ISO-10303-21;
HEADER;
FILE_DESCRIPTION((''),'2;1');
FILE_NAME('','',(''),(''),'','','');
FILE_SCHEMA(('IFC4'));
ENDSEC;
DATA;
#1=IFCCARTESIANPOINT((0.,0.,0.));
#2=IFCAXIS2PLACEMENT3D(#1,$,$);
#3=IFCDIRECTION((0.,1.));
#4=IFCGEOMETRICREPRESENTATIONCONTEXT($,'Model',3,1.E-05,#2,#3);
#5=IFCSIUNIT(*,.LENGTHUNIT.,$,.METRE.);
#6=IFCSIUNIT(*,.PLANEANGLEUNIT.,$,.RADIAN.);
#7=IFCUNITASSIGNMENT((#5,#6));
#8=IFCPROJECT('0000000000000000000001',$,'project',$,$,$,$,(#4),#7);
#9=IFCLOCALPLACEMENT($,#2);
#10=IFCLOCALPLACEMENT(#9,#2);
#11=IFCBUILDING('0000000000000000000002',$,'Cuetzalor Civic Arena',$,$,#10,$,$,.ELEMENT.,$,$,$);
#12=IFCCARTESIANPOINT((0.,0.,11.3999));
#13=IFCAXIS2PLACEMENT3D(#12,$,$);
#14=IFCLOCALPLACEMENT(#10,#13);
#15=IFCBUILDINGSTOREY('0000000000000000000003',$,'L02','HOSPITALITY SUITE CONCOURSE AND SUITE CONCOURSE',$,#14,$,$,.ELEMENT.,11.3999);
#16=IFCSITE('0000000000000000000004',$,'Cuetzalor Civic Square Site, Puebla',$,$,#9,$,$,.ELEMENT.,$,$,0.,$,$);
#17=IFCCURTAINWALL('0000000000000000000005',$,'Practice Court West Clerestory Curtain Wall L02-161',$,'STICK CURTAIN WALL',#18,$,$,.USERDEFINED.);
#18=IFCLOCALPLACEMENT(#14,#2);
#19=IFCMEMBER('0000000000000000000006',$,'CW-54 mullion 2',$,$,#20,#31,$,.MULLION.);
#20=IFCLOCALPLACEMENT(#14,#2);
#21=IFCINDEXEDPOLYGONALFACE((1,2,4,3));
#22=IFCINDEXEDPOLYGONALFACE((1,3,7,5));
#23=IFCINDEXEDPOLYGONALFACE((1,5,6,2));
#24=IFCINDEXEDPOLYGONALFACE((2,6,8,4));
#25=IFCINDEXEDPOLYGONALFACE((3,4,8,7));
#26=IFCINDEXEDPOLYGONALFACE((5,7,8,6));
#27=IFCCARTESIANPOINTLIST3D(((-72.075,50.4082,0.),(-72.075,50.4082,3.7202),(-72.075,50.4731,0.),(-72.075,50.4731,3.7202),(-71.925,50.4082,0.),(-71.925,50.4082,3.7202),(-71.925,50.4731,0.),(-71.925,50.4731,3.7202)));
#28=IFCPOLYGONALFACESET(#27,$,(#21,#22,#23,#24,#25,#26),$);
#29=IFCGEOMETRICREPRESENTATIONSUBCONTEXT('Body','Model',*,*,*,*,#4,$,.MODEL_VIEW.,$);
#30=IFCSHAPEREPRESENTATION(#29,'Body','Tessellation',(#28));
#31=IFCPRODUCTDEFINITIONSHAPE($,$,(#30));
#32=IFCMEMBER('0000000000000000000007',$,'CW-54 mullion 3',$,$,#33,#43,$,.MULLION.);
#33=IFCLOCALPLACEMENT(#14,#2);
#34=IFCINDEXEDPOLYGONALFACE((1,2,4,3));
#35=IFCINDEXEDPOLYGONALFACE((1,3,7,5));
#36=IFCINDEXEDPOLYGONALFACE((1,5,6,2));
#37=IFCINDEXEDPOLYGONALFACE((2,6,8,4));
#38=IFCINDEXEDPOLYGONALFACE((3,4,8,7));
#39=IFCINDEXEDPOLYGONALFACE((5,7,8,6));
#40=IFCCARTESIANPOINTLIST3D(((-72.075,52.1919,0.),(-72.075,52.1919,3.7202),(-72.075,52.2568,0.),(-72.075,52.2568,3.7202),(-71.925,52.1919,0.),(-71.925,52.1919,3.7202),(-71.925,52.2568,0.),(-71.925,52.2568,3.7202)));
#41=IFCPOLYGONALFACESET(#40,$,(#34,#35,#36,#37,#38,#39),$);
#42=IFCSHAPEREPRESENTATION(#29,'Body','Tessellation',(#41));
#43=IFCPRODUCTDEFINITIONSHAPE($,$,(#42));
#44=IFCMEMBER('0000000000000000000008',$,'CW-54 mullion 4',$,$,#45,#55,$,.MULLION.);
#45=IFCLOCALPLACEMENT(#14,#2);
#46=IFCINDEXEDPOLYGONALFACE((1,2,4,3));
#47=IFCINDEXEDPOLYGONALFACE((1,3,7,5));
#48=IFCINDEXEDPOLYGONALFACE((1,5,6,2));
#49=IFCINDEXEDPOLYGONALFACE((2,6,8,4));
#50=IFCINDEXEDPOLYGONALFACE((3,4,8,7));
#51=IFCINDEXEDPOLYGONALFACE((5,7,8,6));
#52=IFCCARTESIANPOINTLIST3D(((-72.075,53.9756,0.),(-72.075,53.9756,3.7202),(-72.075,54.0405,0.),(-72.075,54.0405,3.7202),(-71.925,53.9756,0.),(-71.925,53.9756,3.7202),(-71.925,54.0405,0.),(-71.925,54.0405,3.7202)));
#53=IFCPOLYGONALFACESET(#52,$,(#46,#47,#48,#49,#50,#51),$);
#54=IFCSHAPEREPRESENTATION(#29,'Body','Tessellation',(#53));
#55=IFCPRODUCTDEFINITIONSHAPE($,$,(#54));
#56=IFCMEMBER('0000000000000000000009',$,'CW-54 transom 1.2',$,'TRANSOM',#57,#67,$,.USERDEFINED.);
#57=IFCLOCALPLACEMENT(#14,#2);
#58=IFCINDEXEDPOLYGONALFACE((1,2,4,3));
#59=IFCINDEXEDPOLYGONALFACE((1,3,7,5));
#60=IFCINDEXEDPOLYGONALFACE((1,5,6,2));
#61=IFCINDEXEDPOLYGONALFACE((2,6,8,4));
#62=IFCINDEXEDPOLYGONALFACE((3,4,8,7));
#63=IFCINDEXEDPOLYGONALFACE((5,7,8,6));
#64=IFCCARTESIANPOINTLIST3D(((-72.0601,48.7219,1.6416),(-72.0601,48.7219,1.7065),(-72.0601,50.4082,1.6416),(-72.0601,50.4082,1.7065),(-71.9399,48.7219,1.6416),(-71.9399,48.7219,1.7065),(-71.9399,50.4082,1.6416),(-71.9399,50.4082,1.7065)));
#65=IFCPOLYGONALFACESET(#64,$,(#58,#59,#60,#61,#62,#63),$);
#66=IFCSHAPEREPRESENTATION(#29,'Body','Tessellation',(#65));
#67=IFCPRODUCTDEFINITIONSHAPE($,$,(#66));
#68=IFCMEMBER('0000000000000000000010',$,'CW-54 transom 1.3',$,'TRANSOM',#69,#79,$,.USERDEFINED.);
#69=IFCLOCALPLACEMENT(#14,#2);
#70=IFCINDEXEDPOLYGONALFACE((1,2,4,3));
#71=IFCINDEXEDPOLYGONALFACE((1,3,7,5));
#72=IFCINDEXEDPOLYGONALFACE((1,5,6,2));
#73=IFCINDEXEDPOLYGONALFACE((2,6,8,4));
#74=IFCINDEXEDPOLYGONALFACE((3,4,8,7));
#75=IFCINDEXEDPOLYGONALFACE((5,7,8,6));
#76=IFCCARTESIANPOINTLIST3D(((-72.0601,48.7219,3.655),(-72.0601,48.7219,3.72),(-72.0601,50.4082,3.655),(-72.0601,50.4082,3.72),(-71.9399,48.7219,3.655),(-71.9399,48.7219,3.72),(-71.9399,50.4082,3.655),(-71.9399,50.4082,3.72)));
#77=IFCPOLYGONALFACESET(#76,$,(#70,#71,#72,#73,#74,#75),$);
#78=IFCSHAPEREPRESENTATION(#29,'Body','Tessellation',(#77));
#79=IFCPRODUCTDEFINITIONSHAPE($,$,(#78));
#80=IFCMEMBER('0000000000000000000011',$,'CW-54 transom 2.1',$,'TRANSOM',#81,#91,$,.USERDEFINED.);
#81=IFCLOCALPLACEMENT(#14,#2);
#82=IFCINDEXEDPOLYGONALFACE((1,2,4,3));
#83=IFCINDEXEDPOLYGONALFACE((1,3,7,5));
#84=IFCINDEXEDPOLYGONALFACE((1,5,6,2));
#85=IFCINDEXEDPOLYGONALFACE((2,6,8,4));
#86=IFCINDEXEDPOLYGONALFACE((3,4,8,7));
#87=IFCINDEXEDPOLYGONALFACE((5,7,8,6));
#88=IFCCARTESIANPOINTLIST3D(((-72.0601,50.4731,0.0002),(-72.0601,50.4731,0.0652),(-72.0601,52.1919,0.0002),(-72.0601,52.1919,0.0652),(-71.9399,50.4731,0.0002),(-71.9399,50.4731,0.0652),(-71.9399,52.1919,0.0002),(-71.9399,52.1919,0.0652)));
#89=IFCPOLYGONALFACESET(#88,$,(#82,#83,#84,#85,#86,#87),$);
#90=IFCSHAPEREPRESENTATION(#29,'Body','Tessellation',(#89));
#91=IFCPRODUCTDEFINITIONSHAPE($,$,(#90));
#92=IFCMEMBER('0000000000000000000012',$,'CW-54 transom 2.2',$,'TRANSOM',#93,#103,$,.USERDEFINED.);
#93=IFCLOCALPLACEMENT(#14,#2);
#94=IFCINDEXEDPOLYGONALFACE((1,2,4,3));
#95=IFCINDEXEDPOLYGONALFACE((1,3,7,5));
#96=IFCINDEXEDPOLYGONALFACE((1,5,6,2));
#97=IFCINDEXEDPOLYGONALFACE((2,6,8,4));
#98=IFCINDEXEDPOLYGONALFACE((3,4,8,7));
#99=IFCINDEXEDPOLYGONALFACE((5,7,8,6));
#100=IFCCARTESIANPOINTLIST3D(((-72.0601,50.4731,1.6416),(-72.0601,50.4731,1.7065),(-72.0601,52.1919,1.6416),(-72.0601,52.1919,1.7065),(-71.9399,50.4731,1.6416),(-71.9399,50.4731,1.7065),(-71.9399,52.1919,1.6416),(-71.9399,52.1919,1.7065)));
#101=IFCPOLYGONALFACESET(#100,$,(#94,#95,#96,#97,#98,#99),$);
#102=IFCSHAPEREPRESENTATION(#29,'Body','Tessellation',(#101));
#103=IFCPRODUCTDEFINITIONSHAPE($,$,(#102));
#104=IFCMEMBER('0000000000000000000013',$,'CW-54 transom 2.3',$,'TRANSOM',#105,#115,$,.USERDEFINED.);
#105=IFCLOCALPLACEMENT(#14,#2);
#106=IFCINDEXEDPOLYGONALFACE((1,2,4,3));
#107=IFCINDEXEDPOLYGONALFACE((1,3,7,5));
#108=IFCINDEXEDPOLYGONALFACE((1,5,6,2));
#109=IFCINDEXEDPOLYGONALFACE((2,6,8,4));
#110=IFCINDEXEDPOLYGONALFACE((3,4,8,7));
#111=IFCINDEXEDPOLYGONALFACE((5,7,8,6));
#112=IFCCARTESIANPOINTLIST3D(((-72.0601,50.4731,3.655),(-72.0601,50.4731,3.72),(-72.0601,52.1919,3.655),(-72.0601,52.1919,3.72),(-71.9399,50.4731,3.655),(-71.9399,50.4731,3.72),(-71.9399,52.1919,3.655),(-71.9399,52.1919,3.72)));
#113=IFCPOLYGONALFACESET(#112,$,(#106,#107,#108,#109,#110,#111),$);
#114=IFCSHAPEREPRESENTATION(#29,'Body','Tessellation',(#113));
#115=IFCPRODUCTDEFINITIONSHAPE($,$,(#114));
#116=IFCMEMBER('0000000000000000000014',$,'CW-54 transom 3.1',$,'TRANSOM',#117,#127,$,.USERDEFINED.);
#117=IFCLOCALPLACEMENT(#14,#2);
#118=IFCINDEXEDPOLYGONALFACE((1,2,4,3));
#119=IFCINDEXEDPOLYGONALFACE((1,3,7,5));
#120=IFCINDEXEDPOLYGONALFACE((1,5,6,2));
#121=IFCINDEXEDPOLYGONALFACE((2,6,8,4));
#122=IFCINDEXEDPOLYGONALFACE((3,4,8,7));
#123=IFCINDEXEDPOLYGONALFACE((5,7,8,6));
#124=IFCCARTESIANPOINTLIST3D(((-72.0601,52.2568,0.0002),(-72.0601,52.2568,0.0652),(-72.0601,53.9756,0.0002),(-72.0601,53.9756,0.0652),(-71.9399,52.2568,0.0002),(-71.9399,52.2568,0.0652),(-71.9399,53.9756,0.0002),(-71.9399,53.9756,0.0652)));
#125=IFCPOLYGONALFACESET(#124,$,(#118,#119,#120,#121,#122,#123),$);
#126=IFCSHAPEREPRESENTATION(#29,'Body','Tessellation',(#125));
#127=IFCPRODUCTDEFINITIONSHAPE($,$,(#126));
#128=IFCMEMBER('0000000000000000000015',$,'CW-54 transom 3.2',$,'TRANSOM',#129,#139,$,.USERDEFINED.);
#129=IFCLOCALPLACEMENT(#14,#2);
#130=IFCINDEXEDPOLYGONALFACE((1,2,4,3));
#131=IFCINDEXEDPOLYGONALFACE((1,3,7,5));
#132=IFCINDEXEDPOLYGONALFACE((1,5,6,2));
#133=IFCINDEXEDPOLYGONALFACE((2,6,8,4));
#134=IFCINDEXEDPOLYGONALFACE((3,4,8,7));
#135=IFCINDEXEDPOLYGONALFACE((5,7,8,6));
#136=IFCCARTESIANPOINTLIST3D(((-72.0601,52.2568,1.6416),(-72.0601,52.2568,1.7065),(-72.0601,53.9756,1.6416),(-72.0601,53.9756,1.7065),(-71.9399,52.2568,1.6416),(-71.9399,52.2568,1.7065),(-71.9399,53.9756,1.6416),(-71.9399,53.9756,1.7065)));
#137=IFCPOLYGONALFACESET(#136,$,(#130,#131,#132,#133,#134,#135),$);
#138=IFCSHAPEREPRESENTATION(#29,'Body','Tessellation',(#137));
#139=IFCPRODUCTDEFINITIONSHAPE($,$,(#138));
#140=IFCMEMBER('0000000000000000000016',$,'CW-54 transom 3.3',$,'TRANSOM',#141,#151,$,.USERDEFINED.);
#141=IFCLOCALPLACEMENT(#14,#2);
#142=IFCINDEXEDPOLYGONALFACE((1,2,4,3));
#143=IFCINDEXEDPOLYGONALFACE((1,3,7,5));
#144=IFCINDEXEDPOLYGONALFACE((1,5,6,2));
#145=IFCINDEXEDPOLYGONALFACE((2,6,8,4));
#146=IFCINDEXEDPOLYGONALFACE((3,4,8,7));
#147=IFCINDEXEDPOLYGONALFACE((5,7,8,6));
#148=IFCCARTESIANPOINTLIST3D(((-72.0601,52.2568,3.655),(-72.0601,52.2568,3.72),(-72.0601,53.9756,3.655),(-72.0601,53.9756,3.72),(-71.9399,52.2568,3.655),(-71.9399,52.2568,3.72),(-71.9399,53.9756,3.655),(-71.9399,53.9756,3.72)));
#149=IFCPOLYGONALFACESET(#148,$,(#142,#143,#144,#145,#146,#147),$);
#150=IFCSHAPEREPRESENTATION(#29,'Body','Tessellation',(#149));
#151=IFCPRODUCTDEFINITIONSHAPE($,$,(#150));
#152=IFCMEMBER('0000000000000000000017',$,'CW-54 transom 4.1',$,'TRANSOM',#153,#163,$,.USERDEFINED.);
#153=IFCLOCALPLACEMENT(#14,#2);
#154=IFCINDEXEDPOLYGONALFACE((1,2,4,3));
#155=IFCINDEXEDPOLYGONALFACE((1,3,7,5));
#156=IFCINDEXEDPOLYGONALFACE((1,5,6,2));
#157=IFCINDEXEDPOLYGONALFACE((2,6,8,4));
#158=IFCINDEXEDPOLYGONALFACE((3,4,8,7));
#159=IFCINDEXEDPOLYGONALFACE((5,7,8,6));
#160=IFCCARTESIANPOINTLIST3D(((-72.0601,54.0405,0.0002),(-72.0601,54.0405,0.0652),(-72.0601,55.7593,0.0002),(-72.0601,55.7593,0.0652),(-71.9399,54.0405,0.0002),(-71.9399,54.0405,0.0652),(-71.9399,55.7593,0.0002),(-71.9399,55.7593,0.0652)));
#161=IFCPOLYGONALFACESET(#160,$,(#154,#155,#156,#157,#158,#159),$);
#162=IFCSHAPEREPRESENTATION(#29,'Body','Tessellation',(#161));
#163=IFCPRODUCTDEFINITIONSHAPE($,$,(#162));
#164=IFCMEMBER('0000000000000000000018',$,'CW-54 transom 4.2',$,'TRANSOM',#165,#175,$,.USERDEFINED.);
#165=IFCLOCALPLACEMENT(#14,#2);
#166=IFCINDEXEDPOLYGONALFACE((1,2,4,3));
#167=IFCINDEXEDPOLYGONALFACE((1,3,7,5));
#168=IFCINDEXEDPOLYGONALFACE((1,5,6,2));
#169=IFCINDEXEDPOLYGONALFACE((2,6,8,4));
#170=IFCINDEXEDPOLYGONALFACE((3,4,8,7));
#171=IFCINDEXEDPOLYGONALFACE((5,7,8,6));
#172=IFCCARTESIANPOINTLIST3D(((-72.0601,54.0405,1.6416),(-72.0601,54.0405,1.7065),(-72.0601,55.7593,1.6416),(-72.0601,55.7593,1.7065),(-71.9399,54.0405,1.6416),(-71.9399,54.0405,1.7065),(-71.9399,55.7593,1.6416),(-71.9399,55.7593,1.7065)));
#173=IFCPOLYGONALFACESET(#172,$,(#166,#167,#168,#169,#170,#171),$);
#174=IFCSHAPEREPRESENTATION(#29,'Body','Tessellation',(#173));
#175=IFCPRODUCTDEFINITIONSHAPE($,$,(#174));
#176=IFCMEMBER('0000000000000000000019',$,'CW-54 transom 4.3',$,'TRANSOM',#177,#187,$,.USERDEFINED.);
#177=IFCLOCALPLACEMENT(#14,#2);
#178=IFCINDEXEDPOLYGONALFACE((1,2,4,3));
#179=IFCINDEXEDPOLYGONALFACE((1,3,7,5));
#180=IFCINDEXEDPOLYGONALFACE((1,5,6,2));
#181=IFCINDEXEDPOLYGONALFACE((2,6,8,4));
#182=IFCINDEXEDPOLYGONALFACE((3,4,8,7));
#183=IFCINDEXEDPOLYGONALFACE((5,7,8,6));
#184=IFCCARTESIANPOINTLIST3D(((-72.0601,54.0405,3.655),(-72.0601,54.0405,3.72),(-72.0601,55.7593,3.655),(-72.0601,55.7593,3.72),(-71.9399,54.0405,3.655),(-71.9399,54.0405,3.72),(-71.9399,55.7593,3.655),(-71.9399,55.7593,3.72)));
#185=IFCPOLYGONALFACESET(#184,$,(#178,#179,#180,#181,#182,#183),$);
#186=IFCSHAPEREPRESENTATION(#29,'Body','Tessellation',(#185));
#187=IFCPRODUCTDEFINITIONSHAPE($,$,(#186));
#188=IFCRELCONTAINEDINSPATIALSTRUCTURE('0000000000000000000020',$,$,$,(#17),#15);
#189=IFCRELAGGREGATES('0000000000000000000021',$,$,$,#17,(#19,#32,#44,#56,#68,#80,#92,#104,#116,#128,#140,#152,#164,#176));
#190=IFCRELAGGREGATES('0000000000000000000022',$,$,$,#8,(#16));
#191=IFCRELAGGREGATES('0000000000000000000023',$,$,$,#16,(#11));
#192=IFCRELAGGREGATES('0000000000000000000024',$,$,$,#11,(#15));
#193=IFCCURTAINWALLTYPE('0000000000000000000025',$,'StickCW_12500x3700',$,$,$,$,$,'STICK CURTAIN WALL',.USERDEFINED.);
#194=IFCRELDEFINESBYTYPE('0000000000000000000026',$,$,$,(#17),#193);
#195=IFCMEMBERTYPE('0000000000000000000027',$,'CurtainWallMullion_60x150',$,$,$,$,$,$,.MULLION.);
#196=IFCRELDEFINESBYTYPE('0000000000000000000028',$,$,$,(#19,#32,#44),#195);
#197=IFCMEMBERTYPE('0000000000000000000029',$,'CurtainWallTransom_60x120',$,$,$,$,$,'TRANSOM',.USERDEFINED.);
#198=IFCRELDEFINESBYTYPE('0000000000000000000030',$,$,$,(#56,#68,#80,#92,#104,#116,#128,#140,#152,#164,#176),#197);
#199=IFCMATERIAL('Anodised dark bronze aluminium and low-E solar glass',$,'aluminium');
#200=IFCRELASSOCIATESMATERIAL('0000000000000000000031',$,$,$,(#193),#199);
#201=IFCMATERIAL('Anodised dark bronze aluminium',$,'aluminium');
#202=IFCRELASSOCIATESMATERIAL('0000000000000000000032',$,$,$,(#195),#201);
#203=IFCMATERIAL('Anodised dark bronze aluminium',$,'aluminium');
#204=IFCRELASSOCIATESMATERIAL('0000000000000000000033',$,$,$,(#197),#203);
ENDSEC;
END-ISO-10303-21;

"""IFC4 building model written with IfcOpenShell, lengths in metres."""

from ifc_helpers import new_model, si_unit, direction, frame, origin, origin_2d, place, context, subcontext, project, spatial, rectangle, extrude, material, material_profile, profile_set, type_object, element, aggregate, save


model = new_model("IFC4")

# Units and contexts
model_context = context("Model", 3, precision=1e-05, world=origin(), true_north=direction((0.0, 1.0)))
body_context = subcontext(model_context, "Body", "Model", "MODEL_VIEW")
ifc_project = project(units=[si_unit("LENGTHUNIT", "METRE"), si_unit("PLANEANGLEUNIT", "RADIAN")], contexts=[model_context])

# Site, building, storey
site_placement = place(None, origin())
site = spatial("IfcSite", under=ifc_project, at=site_placement, Name="Cuetzalor Civic Square Site, Puebla", CompositionType="ELEMENT", RefElevation=0.0)
building_placement = place(site_placement, origin())
building = spatial("IfcBuilding", under=site, at=building_placement, Name="Cuetzalor Civic Arena", CompositionType="ELEMENT")
storey_placement = place(building_placement, frame((0.0, 0.0, 11.3999)))
storey = spatial("IfcBuildingStorey", under=building, at=storey_placement, Name="L02", Description="HOSPITALITY SUITE CONCOURSE AND SUITE CONCOURSE", CompositionType="ELEMENT", Elevation=11.3999)

# Curtain wall, members
ifc_material_1 = material(Name="Anodised dark bronze aluminium and low-E solar glass", Category="aluminium")
curtain_wall_type = type_object("IfcCurtainWallType", Name="StickCW_12500x3700", ElementType="STICK CURTAIN WALL", PredefinedType="USERDEFINED", material=ifc_material_1)
curtain_wall_placement = place(storey_placement, origin())
curtain_wall = element("IfcCurtainWall", 1, at=curtain_wall_placement, inside=storey, type_object=curtain_wall_type, Name="Practice Court West Clerestory Curtain Wall L02-161", ObjectType="STICK CURTAIN WALL", PredefinedType="USERDEFINED")
ifc_material_2 = material(Name="Anodised dark bronze aluminium", Category="aluminium")
ifc_material_profile_1 = material_profile(ifc_material_2, rectangle(XDim=0.0649, YDim=0.1499, at=origin_2d()), Name="ALU MULLION 65x150")
ifc_profile_set_1 = profile_set([ifc_material_profile_1], Name="Anodised dark bronze aluminium")
member_type_1 = type_object("IfcMemberType", Name="CurtainWallMullion_60x150", PredefinedType="MULLION", material=ifc_profile_set_1)
member_1_placement = place(storey_placement, frame((-72.0, 50.4407, 0.0), z_axis=(0.0, 0.0, 1.0), x_axis=(0.0, 1.0, 0.0)))
member_1 = element("IfcMember", 2, at=member_1_placement, type_object=member_type_1, Name="CW-54 mullion 2", PredefinedType="MULLION", context=body_context, shape_type="SweptSolid", body=[
    extrude(rectangle(XDim=0.0649, YDim=0.1499, at=origin_2d()), origin(), (0.0, 0.0, 1.0), 3.7202),
])
member_2_placement = place(storey_placement, frame((-72.0, 52.2244, 0.0), z_axis=(0.0, 0.0, 1.0), x_axis=(0.0, 1.0, 0.0)))
member_2 = element("IfcMember", 3, at=member_2_placement, type_object=member_type_1, Name="CW-54 mullion 3", PredefinedType="MULLION", context=body_context, shape_type="SweptSolid", body=[
    extrude(rectangle(XDim=0.0649, YDim=0.1499, at=origin_2d()), origin(), (0.0, 0.0, 1.0), 3.7202),
])
member_3_placement = place(storey_placement, frame((-72.0, 54.0081, 0.0), z_axis=(0.0, 0.0, 1.0), x_axis=(0.0, 1.0, 0.0)))
member_3 = element("IfcMember", 4, at=member_3_placement, type_object=member_type_1, Name="CW-54 mullion 4", PredefinedType="MULLION", context=body_context, shape_type="SweptSolid", body=[
    extrude(rectangle(XDim=0.0649, YDim=0.1499, at=origin_2d()), origin(), (0.0, 0.0, 1.0), 3.7202),
])
ifc_material_3 = material(Name="Anodised dark bronze aluminium", Category="aluminium")
ifc_material_profile_2 = material_profile(ifc_material_3, rectangle(XDim=0.1201, YDim=0.0649, at=origin_2d()), Name="ALU TRANSOM 65x120")
ifc_profile_set_2 = profile_set([ifc_material_profile_2], Name="Anodised dark bronze aluminium")
member_type_2 = type_object("IfcMemberType", Name="CurtainWallTransom_60x120", ElementType="TRANSOM", PredefinedType="USERDEFINED", material=ifc_profile_set_2)
member_4_placement = place(storey_placement, frame((-72.0, 48.7219, 1.6741), z_axis=(0.0, 1.0, 0.0), x_axis=(-1.0, 0.0, 0.0)))
member_4 = element("IfcMember", 5, at=member_4_placement, type_object=member_type_2, Name="CW-54 transom 1.2", ObjectType="TRANSOM", PredefinedType="USERDEFINED", context=body_context, shape_type="SweptSolid", body=[
    extrude(rectangle(XDim=0.1201, YDim=0.0649, at=origin_2d()), origin(), (0.0, 0.0, 1.0), 1.6863),
])
member_5_placement = place(storey_placement, frame((-72.0, 48.7219, 3.6875), z_axis=(0.0, 1.0, 0.0), x_axis=(-1.0, 0.0, 0.0)))
member_5 = element("IfcMember", 6, at=member_5_placement, type_object=member_type_2, Name="CW-54 transom 1.3", ObjectType="TRANSOM", PredefinedType="USERDEFINED", context=body_context, shape_type="SweptSolid", body=[
    extrude(rectangle(XDim=0.1201, YDim=0.0649, at=origin_2d()), origin(), (0.0, 0.0, 1.0), 1.6863),
])
member_6_placement = place(storey_placement, frame((-72.0, 50.4731, 0.0327), z_axis=(0.0, 1.0, 0.0), x_axis=(-1.0, 0.0, 0.0)))
member_6 = element("IfcMember", 7, at=member_6_placement, type_object=member_type_2, Name="CW-54 transom 2.1", ObjectType="TRANSOM", PredefinedType="USERDEFINED", context=body_context, shape_type="SweptSolid", body=[
    extrude(rectangle(XDim=0.1201, YDim=0.0649, at=origin_2d()), origin(), (0.0, 0.0, 1.0), 1.7188),
])
member_7_placement = place(storey_placement, frame((-72.0, 50.4731, 1.6741), z_axis=(0.0, 1.0, 0.0), x_axis=(-1.0, 0.0, 0.0)))
member_7 = element("IfcMember", 8, at=member_7_placement, type_object=member_type_2, Name="CW-54 transom 2.2", ObjectType="TRANSOM", PredefinedType="USERDEFINED", context=body_context, shape_type="SweptSolid", body=[
    extrude(rectangle(XDim=0.1201, YDim=0.0649, at=origin_2d()), origin(), (0.0, 0.0, 1.0), 1.7188),
])
member_8_placement = place(storey_placement, frame((-72.0, 50.4731, 3.6875), z_axis=(0.0, 1.0, 0.0), x_axis=(-1.0, 0.0, 0.0)))
member_8 = element("IfcMember", 9, at=member_8_placement, type_object=member_type_2, Name="CW-54 transom 2.3", ObjectType="TRANSOM", PredefinedType="USERDEFINED", context=body_context, shape_type="SweptSolid", body=[
    extrude(rectangle(XDim=0.1201, YDim=0.0649, at=origin_2d()), origin(), (0.0, 0.0, 1.0), 1.7188),
])
member_9_placement = place(storey_placement, frame((-72.0, 52.2568, 0.0327), z_axis=(0.0, 1.0, 0.0), x_axis=(-1.0, 0.0, 0.0)))
member_9 = element("IfcMember", 10, at=member_9_placement, type_object=member_type_2, Name="CW-54 transom 3.1", ObjectType="TRANSOM", PredefinedType="USERDEFINED", context=body_context, shape_type="SweptSolid", body=[
    extrude(rectangle(XDim=0.1201, YDim=0.0649, at=origin_2d()), origin(), (0.0, 0.0, 1.0), 1.7188),
])
member_10_placement = place(storey_placement, frame((-72.0, 52.2568, 1.6741), z_axis=(0.0, 1.0, 0.0), x_axis=(-1.0, 0.0, 0.0)))
member_10 = element("IfcMember", 11, at=member_10_placement, type_object=member_type_2, Name="CW-54 transom 3.2", ObjectType="TRANSOM", PredefinedType="USERDEFINED", context=body_context, shape_type="SweptSolid", body=[
    extrude(rectangle(XDim=0.1201, YDim=0.0649, at=origin_2d()), origin(), (0.0, 0.0, 1.0), 1.7188),
])
member_11_placement = place(storey_placement, frame((-72.0, 52.2568, 3.6875), z_axis=(0.0, 1.0, 0.0), x_axis=(-1.0, 0.0, 0.0)))
member_11 = element("IfcMember", 12, at=member_11_placement, type_object=member_type_2, Name="CW-54 transom 3.3", ObjectType="TRANSOM", PredefinedType="USERDEFINED", context=body_context, shape_type="SweptSolid", body=[
    extrude(rectangle(XDim=0.1201, YDim=0.0649, at=origin_2d()), origin(), (0.0, 0.0, 1.0), 1.7188),
])
member_12_placement = place(storey_placement, frame((-72.0, 54.0405, 0.0327), z_axis=(0.0, 1.0, 0.0), x_axis=(-1.0, 0.0, 0.0)))
member_12 = element("IfcMember", 13, at=member_12_placement, type_object=member_type_2, Name="CW-54 transom 4.1", ObjectType="TRANSOM", PredefinedType="USERDEFINED", context=body_context, shape_type="SweptSolid", body=[
    extrude(rectangle(XDim=0.1201, YDim=0.0649, at=origin_2d()), origin(), (0.0, 0.0, 1.0), 1.7188),
])
member_13_placement = place(storey_placement, frame((-72.0, 54.0405, 1.6741), z_axis=(0.0, 1.0, 0.0), x_axis=(-1.0, 0.0, 0.0)))
member_13 = element("IfcMember", 14, at=member_13_placement, type_object=member_type_2, Name="CW-54 transom 4.2", ObjectType="TRANSOM", PredefinedType="USERDEFINED", context=body_context, shape_type="SweptSolid", body=[
    extrude(rectangle(XDim=0.1201, YDim=0.0649, at=origin_2d()), origin(), (0.0, 0.0, 1.0), 1.7188),
])
member_14_placement = place(storey_placement, frame((-72.0, 54.0405, 3.6875), z_axis=(0.0, 1.0, 0.0), x_axis=(-1.0, 0.0, 0.0)))
member_14 = element("IfcMember", 15, at=member_14_placement, type_object=member_type_2, Name="CW-54 transom 4.3", ObjectType="TRANSOM", PredefinedType="USERDEFINED", context=body_context, shape_type="SweptSolid", body=[
    extrude(rectangle(XDim=0.1201, YDim=0.0649, at=origin_2d()), origin(), (0.0, 0.0, 1.0), 1.7188),
])
aggregate(curtain_wall, [member_1, member_2, member_3, member_4, member_5, member_6, member_7, member_8, member_9, member_10, member_11, member_12, member_13, member_14])

save(model, "model.ifc")
